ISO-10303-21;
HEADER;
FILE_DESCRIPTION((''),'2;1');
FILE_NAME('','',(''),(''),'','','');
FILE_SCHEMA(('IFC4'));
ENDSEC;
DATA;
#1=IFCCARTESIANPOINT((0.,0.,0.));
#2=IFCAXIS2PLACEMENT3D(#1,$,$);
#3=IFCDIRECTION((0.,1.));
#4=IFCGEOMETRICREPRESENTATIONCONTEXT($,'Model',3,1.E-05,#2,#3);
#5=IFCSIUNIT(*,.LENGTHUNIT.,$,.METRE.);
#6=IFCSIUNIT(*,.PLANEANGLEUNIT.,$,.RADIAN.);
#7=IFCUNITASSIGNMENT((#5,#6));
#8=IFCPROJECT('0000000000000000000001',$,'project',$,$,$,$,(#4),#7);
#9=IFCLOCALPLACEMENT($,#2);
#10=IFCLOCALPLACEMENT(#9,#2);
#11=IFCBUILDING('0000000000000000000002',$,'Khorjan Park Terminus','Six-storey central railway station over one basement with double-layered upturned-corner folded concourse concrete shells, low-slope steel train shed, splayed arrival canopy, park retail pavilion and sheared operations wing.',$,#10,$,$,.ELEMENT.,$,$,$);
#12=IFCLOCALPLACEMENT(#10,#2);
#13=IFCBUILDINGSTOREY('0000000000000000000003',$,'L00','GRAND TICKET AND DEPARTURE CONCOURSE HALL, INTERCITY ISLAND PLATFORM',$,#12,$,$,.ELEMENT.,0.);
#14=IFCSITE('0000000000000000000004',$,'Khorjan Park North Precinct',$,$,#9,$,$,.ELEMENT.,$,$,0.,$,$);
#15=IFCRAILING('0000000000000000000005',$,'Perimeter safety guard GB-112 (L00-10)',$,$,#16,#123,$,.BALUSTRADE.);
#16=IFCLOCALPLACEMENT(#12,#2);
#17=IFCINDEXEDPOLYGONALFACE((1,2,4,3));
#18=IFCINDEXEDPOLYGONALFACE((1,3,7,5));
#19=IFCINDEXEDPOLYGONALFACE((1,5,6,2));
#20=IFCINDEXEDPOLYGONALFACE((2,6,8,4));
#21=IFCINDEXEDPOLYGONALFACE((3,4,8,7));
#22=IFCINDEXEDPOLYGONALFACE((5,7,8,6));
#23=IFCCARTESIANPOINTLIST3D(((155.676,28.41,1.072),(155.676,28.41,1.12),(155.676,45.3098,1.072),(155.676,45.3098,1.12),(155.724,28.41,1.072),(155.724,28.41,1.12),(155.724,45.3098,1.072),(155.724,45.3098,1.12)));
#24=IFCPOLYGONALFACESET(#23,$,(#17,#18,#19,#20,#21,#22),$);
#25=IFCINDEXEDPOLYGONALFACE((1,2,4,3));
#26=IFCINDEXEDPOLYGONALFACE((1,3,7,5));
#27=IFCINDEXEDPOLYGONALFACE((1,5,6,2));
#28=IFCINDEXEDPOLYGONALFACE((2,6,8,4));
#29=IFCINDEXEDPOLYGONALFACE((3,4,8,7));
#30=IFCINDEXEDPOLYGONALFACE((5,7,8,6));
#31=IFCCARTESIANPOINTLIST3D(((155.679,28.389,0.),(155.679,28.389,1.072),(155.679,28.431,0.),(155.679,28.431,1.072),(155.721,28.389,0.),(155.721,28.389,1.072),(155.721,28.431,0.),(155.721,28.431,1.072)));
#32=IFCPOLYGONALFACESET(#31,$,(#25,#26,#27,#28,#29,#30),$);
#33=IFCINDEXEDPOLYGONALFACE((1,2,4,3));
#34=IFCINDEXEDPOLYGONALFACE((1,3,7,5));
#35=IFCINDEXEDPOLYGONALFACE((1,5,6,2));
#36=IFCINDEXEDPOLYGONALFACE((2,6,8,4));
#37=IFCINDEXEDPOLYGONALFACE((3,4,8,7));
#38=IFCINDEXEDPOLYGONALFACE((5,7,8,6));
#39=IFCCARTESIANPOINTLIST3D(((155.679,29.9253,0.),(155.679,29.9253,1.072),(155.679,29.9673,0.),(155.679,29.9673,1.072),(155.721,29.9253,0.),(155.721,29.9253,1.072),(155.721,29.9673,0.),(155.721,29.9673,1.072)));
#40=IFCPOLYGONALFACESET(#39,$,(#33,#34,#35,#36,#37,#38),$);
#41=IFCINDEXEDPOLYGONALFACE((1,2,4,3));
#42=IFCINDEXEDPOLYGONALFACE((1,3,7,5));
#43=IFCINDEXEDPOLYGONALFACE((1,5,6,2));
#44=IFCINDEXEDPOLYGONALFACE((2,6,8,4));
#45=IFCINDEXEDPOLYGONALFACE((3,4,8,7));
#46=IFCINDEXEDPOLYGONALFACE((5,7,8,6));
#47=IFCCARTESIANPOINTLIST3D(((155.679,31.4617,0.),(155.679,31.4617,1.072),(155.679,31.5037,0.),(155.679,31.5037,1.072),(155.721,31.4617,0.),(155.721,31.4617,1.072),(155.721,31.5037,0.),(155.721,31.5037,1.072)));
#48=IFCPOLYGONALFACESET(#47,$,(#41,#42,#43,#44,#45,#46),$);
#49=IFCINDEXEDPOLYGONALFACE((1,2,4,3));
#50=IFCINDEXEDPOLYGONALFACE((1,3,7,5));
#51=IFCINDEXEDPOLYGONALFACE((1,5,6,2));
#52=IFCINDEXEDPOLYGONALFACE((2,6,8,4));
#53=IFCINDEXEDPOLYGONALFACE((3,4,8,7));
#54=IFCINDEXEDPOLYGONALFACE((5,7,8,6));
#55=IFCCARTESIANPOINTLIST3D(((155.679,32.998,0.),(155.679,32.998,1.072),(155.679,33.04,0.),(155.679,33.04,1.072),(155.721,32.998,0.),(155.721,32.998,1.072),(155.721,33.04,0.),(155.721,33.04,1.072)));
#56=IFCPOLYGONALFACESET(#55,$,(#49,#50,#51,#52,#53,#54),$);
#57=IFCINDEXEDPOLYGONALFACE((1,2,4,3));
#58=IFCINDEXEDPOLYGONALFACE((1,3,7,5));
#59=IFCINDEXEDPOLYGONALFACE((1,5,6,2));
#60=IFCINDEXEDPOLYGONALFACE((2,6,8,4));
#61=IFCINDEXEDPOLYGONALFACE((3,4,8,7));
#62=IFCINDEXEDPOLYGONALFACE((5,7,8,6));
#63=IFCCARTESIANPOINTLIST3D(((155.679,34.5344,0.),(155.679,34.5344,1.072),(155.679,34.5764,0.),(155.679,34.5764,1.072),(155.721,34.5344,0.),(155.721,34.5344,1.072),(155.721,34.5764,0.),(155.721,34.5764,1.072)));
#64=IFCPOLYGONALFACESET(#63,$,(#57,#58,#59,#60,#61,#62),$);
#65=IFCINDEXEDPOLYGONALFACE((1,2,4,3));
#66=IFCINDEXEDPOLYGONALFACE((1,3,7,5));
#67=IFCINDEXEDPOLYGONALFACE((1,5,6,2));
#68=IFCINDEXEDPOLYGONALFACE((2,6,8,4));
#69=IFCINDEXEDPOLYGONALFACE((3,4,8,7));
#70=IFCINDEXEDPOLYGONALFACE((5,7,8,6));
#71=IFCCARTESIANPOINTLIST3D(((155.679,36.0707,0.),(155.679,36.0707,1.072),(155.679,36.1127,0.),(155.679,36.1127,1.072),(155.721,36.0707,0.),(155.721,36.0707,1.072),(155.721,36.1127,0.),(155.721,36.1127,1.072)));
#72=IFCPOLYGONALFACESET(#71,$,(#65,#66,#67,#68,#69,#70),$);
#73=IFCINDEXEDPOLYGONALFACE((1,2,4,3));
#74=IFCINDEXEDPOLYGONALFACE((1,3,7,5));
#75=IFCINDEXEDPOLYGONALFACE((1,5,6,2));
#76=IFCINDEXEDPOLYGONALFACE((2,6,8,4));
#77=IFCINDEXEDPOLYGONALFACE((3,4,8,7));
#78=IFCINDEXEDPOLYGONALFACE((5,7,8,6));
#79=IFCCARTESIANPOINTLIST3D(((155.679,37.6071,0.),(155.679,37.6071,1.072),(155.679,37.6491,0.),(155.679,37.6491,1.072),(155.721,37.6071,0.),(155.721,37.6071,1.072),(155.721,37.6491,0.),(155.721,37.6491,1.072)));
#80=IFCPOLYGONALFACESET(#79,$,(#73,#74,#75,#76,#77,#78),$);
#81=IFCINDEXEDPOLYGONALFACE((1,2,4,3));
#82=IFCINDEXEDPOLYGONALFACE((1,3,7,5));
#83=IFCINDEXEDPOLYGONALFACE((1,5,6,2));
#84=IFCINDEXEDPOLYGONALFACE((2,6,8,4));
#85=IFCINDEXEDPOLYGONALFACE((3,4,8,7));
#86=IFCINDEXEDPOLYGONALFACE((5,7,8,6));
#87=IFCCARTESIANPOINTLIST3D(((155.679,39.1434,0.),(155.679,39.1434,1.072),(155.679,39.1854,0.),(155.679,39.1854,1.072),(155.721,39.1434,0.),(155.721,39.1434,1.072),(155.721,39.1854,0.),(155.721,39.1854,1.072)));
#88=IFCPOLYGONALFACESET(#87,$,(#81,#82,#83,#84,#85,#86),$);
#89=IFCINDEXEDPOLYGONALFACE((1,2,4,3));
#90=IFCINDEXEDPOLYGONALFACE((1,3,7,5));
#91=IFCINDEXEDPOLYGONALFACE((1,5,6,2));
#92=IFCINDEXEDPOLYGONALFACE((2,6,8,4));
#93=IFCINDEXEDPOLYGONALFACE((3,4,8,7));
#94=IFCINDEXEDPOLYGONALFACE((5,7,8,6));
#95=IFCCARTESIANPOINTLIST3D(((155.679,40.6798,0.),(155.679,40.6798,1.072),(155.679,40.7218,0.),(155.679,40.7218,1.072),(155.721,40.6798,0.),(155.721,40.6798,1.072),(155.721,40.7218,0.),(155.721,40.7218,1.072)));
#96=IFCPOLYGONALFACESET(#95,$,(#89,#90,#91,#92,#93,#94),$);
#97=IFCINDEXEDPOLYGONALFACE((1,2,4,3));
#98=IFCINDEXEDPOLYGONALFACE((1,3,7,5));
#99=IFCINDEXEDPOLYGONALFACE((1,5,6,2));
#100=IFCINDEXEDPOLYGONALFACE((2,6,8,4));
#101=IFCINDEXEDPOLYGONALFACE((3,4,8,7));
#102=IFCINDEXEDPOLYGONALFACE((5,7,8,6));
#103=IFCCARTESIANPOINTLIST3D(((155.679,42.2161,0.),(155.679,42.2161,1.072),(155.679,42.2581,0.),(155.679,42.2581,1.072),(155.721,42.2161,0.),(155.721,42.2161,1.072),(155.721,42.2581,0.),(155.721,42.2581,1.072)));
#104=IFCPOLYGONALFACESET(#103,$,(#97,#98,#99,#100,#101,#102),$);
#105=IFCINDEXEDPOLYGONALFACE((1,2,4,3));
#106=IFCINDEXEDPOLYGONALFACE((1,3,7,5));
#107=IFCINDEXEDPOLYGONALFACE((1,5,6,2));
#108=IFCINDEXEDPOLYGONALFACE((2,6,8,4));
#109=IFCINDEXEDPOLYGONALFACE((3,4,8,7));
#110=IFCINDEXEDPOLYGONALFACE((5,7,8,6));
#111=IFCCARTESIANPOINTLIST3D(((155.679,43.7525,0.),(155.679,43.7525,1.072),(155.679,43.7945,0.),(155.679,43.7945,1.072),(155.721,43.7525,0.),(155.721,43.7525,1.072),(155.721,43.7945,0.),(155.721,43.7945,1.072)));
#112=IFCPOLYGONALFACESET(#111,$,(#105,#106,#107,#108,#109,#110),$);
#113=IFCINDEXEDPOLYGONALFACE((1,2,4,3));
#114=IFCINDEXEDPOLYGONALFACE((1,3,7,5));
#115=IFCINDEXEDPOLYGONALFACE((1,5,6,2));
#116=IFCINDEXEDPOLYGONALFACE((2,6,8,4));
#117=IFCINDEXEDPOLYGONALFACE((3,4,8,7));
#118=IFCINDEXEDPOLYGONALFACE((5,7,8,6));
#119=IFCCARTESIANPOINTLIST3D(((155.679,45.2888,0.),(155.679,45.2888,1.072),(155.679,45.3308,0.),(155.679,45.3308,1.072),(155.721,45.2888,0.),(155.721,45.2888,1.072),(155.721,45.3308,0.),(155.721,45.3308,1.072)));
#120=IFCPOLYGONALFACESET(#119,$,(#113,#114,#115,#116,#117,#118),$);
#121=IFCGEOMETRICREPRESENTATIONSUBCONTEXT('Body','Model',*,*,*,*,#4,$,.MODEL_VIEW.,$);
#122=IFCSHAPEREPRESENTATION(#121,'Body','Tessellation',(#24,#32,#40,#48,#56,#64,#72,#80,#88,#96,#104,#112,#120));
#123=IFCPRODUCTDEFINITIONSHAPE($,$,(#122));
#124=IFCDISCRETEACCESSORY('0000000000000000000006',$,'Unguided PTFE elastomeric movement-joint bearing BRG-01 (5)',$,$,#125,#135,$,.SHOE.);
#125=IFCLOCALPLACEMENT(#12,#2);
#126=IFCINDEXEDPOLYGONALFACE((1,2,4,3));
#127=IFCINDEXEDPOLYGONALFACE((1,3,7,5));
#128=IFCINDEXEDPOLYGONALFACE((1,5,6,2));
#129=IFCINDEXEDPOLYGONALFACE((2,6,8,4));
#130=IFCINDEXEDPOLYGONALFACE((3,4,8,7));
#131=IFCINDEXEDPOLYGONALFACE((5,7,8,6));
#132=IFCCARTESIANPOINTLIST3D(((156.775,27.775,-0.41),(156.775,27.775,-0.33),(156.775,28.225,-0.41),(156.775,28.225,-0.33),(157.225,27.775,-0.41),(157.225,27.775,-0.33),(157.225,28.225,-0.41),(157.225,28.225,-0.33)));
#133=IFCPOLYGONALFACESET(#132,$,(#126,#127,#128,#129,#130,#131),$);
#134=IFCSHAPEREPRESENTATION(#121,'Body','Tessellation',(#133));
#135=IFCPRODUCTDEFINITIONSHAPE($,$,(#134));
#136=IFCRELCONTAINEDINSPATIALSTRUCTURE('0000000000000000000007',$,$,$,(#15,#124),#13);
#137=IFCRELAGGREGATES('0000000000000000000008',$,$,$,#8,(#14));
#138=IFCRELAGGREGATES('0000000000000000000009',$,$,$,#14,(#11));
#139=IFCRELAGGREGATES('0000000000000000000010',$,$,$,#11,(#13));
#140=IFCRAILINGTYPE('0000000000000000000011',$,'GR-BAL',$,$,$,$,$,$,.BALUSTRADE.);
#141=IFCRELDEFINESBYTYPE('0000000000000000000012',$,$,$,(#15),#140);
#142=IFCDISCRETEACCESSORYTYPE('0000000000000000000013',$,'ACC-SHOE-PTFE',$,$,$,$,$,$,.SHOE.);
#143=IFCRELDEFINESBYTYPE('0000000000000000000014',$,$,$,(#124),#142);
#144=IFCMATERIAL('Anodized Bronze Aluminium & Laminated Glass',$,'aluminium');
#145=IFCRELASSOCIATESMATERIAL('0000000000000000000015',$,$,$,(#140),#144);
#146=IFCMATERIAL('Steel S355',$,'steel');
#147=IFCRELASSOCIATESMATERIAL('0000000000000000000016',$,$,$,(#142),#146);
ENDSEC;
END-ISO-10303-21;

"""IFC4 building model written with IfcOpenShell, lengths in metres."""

from ifc_helpers import new_model, si_unit, direction, frame, origin, origin_2d, place, context, subcontext, project, spatial, rectangle, extrude, material, type_object, element, save


model = new_model("IFC4")

# Units and contexts
model_context = context("Model", 3, precision=1e-05, world=origin(), true_north=direction((0.0, 1.0)))
body_context = subcontext(model_context, "Body", "Model", "MODEL_VIEW")
ifc_project = project(units=[si_unit("LENGTHUNIT", "METRE"), si_unit("PLANEANGLEUNIT", "RADIAN")], contexts=[model_context])

# Site, building, storey
site_placement = place(None, origin())
site = spatial("IfcSite", under=ifc_project, at=site_placement, Name="Khorjan Park North Precinct", CompositionType="ELEMENT", RefElevation=0.0)
building_placement = place(site_placement, origin())
building = spatial("IfcBuilding", under=site, at=building_placement, Name="Khorjan Park Terminus", Description="Six-storey central railway station over one basement with double-layered upturned-corner folded concourse concrete shells, low-slope steel train shed, splayed arrival canopy, park retail pavilion and sheared operations wing.", CompositionType="ELEMENT")
storey_placement = place(building_placement, origin())
storey = spatial("IfcBuildingStorey", under=building, at=storey_placement, Name="L00", Description="GRAND TICKET AND DEPARTURE CONCOURSE HALL, INTERCITY ISLAND PLATFORM", CompositionType="ELEMENT", Elevation=0.0)

# Shared definitions
ifc_material_1 = material(Name="Steel S355", Category="steel")

# Railing
ifc_material_2 = material(Name="Anodized Bronze Aluminium & Laminated Glass", Category="aluminium")
railing_type = type_object("IfcRailingType", Name="GR-BAL", PredefinedType="BALUSTRADE", material=ifc_material_2)
railing_placement = place(storey_placement, frame((155.7, 28.41, 0.0)))
element("IfcRailing", 1, at=railing_placement, inside=storey, type_object=railing_type, Name="Perimeter safety guard GB-112 (L00-10)", PredefinedType="BALUSTRADE", context=body_context, shape_type="SweptSolid", body=[
    extrude(rectangle(XDim=0.048, YDim=0.048, at=origin_2d()), frame((0.0, 0.0, 1.096), z_axis=(0.0, 1.0, 0.0), x_axis=(-1.0, 0.0, 0.0)), (0.0, 0.0, 1.0), 16.8998),
    extrude(rectangle(XDim=0.042, YDim=0.042, at=origin_2d()), origin(), (0.0, 0.0, 1.0), 1.072),
    extrude(rectangle(XDim=0.042, YDim=0.042, at=origin_2d()), frame((0.0, 1.5363, 0.0)), (0.0, 0.0, 1.0), 1.072),
    extrude(rectangle(XDim=0.042, YDim=0.042, at=origin_2d()), frame((0.0, 3.0727, 0.0)), (0.0, 0.0, 1.0), 1.072),
    extrude(rectangle(XDim=0.042, YDim=0.042, at=origin_2d()), frame((0.0, 4.609, 0.0)), (0.0, 0.0, 1.0), 1.072),
    extrude(rectangle(XDim=0.042, YDim=0.042, at=origin_2d()), frame((0.0, 6.1454, 0.0)), (0.0, 0.0, 1.0), 1.072),
    extrude(rectangle(XDim=0.042, YDim=0.042, at=origin_2d()), frame((0.0, 7.6817, 0.0)), (0.0, 0.0, 1.0), 1.072),
    extrude(rectangle(XDim=0.042, YDim=0.042, at=origin_2d()), frame((0.0, 9.2181, 0.0)), (0.0, 0.0, 1.0), 1.072),
    extrude(rectangle(XDim=0.042, YDim=0.042, at=origin_2d()), frame((0.0, 10.7544, 0.0)), (0.0, 0.0, 1.0), 1.072),
    extrude(rectangle(XDim=0.042, YDim=0.042, at=origin_2d()), frame((0.0, 12.2908, 0.0)), (0.0, 0.0, 1.0), 1.072),
    extrude(rectangle(XDim=0.042, YDim=0.042, at=origin_2d()), frame((0.0, 13.8271, 0.0)), (0.0, 0.0, 1.0), 1.072),
    extrude(rectangle(XDim=0.042, YDim=0.042, at=origin_2d()), frame((0.0, 15.3635, 0.0)), (0.0, 0.0, 1.0), 1.072),
    extrude(rectangle(XDim=0.042, YDim=0.042, at=origin_2d()), frame((0.0, 16.8998, 0.0)), (0.0, 0.0, 1.0), 1.072),
])

# Discrete accessory
discrete_accessory_type = type_object("IfcDiscreteAccessoryType", Name="ACC-SHOE-PTFE", PredefinedType="SHOE", material=ifc_material_1)
discrete_accessory_placement = place(storey_placement, frame((157.0, 28.0, -0.41), z_axis=(0.0, 0.0, 1.0), x_axis=(1.0, 0.0, 0.0)))
element("IfcDiscreteAccessory", 2, at=discrete_accessory_placement, inside=storey, type_object=discrete_accessory_type, Name="Unguided PTFE elastomeric movement-joint bearing BRG-01 (5)", PredefinedType="SHOE", context=body_context, shape_type="SweptSolid", body=[
    extrude(rectangle(XDim=0.45, YDim=0.45, at=origin_2d()), origin(), (0.0, 0.0, 1.0), 0.08),
])

save(model, "model.ifc")
